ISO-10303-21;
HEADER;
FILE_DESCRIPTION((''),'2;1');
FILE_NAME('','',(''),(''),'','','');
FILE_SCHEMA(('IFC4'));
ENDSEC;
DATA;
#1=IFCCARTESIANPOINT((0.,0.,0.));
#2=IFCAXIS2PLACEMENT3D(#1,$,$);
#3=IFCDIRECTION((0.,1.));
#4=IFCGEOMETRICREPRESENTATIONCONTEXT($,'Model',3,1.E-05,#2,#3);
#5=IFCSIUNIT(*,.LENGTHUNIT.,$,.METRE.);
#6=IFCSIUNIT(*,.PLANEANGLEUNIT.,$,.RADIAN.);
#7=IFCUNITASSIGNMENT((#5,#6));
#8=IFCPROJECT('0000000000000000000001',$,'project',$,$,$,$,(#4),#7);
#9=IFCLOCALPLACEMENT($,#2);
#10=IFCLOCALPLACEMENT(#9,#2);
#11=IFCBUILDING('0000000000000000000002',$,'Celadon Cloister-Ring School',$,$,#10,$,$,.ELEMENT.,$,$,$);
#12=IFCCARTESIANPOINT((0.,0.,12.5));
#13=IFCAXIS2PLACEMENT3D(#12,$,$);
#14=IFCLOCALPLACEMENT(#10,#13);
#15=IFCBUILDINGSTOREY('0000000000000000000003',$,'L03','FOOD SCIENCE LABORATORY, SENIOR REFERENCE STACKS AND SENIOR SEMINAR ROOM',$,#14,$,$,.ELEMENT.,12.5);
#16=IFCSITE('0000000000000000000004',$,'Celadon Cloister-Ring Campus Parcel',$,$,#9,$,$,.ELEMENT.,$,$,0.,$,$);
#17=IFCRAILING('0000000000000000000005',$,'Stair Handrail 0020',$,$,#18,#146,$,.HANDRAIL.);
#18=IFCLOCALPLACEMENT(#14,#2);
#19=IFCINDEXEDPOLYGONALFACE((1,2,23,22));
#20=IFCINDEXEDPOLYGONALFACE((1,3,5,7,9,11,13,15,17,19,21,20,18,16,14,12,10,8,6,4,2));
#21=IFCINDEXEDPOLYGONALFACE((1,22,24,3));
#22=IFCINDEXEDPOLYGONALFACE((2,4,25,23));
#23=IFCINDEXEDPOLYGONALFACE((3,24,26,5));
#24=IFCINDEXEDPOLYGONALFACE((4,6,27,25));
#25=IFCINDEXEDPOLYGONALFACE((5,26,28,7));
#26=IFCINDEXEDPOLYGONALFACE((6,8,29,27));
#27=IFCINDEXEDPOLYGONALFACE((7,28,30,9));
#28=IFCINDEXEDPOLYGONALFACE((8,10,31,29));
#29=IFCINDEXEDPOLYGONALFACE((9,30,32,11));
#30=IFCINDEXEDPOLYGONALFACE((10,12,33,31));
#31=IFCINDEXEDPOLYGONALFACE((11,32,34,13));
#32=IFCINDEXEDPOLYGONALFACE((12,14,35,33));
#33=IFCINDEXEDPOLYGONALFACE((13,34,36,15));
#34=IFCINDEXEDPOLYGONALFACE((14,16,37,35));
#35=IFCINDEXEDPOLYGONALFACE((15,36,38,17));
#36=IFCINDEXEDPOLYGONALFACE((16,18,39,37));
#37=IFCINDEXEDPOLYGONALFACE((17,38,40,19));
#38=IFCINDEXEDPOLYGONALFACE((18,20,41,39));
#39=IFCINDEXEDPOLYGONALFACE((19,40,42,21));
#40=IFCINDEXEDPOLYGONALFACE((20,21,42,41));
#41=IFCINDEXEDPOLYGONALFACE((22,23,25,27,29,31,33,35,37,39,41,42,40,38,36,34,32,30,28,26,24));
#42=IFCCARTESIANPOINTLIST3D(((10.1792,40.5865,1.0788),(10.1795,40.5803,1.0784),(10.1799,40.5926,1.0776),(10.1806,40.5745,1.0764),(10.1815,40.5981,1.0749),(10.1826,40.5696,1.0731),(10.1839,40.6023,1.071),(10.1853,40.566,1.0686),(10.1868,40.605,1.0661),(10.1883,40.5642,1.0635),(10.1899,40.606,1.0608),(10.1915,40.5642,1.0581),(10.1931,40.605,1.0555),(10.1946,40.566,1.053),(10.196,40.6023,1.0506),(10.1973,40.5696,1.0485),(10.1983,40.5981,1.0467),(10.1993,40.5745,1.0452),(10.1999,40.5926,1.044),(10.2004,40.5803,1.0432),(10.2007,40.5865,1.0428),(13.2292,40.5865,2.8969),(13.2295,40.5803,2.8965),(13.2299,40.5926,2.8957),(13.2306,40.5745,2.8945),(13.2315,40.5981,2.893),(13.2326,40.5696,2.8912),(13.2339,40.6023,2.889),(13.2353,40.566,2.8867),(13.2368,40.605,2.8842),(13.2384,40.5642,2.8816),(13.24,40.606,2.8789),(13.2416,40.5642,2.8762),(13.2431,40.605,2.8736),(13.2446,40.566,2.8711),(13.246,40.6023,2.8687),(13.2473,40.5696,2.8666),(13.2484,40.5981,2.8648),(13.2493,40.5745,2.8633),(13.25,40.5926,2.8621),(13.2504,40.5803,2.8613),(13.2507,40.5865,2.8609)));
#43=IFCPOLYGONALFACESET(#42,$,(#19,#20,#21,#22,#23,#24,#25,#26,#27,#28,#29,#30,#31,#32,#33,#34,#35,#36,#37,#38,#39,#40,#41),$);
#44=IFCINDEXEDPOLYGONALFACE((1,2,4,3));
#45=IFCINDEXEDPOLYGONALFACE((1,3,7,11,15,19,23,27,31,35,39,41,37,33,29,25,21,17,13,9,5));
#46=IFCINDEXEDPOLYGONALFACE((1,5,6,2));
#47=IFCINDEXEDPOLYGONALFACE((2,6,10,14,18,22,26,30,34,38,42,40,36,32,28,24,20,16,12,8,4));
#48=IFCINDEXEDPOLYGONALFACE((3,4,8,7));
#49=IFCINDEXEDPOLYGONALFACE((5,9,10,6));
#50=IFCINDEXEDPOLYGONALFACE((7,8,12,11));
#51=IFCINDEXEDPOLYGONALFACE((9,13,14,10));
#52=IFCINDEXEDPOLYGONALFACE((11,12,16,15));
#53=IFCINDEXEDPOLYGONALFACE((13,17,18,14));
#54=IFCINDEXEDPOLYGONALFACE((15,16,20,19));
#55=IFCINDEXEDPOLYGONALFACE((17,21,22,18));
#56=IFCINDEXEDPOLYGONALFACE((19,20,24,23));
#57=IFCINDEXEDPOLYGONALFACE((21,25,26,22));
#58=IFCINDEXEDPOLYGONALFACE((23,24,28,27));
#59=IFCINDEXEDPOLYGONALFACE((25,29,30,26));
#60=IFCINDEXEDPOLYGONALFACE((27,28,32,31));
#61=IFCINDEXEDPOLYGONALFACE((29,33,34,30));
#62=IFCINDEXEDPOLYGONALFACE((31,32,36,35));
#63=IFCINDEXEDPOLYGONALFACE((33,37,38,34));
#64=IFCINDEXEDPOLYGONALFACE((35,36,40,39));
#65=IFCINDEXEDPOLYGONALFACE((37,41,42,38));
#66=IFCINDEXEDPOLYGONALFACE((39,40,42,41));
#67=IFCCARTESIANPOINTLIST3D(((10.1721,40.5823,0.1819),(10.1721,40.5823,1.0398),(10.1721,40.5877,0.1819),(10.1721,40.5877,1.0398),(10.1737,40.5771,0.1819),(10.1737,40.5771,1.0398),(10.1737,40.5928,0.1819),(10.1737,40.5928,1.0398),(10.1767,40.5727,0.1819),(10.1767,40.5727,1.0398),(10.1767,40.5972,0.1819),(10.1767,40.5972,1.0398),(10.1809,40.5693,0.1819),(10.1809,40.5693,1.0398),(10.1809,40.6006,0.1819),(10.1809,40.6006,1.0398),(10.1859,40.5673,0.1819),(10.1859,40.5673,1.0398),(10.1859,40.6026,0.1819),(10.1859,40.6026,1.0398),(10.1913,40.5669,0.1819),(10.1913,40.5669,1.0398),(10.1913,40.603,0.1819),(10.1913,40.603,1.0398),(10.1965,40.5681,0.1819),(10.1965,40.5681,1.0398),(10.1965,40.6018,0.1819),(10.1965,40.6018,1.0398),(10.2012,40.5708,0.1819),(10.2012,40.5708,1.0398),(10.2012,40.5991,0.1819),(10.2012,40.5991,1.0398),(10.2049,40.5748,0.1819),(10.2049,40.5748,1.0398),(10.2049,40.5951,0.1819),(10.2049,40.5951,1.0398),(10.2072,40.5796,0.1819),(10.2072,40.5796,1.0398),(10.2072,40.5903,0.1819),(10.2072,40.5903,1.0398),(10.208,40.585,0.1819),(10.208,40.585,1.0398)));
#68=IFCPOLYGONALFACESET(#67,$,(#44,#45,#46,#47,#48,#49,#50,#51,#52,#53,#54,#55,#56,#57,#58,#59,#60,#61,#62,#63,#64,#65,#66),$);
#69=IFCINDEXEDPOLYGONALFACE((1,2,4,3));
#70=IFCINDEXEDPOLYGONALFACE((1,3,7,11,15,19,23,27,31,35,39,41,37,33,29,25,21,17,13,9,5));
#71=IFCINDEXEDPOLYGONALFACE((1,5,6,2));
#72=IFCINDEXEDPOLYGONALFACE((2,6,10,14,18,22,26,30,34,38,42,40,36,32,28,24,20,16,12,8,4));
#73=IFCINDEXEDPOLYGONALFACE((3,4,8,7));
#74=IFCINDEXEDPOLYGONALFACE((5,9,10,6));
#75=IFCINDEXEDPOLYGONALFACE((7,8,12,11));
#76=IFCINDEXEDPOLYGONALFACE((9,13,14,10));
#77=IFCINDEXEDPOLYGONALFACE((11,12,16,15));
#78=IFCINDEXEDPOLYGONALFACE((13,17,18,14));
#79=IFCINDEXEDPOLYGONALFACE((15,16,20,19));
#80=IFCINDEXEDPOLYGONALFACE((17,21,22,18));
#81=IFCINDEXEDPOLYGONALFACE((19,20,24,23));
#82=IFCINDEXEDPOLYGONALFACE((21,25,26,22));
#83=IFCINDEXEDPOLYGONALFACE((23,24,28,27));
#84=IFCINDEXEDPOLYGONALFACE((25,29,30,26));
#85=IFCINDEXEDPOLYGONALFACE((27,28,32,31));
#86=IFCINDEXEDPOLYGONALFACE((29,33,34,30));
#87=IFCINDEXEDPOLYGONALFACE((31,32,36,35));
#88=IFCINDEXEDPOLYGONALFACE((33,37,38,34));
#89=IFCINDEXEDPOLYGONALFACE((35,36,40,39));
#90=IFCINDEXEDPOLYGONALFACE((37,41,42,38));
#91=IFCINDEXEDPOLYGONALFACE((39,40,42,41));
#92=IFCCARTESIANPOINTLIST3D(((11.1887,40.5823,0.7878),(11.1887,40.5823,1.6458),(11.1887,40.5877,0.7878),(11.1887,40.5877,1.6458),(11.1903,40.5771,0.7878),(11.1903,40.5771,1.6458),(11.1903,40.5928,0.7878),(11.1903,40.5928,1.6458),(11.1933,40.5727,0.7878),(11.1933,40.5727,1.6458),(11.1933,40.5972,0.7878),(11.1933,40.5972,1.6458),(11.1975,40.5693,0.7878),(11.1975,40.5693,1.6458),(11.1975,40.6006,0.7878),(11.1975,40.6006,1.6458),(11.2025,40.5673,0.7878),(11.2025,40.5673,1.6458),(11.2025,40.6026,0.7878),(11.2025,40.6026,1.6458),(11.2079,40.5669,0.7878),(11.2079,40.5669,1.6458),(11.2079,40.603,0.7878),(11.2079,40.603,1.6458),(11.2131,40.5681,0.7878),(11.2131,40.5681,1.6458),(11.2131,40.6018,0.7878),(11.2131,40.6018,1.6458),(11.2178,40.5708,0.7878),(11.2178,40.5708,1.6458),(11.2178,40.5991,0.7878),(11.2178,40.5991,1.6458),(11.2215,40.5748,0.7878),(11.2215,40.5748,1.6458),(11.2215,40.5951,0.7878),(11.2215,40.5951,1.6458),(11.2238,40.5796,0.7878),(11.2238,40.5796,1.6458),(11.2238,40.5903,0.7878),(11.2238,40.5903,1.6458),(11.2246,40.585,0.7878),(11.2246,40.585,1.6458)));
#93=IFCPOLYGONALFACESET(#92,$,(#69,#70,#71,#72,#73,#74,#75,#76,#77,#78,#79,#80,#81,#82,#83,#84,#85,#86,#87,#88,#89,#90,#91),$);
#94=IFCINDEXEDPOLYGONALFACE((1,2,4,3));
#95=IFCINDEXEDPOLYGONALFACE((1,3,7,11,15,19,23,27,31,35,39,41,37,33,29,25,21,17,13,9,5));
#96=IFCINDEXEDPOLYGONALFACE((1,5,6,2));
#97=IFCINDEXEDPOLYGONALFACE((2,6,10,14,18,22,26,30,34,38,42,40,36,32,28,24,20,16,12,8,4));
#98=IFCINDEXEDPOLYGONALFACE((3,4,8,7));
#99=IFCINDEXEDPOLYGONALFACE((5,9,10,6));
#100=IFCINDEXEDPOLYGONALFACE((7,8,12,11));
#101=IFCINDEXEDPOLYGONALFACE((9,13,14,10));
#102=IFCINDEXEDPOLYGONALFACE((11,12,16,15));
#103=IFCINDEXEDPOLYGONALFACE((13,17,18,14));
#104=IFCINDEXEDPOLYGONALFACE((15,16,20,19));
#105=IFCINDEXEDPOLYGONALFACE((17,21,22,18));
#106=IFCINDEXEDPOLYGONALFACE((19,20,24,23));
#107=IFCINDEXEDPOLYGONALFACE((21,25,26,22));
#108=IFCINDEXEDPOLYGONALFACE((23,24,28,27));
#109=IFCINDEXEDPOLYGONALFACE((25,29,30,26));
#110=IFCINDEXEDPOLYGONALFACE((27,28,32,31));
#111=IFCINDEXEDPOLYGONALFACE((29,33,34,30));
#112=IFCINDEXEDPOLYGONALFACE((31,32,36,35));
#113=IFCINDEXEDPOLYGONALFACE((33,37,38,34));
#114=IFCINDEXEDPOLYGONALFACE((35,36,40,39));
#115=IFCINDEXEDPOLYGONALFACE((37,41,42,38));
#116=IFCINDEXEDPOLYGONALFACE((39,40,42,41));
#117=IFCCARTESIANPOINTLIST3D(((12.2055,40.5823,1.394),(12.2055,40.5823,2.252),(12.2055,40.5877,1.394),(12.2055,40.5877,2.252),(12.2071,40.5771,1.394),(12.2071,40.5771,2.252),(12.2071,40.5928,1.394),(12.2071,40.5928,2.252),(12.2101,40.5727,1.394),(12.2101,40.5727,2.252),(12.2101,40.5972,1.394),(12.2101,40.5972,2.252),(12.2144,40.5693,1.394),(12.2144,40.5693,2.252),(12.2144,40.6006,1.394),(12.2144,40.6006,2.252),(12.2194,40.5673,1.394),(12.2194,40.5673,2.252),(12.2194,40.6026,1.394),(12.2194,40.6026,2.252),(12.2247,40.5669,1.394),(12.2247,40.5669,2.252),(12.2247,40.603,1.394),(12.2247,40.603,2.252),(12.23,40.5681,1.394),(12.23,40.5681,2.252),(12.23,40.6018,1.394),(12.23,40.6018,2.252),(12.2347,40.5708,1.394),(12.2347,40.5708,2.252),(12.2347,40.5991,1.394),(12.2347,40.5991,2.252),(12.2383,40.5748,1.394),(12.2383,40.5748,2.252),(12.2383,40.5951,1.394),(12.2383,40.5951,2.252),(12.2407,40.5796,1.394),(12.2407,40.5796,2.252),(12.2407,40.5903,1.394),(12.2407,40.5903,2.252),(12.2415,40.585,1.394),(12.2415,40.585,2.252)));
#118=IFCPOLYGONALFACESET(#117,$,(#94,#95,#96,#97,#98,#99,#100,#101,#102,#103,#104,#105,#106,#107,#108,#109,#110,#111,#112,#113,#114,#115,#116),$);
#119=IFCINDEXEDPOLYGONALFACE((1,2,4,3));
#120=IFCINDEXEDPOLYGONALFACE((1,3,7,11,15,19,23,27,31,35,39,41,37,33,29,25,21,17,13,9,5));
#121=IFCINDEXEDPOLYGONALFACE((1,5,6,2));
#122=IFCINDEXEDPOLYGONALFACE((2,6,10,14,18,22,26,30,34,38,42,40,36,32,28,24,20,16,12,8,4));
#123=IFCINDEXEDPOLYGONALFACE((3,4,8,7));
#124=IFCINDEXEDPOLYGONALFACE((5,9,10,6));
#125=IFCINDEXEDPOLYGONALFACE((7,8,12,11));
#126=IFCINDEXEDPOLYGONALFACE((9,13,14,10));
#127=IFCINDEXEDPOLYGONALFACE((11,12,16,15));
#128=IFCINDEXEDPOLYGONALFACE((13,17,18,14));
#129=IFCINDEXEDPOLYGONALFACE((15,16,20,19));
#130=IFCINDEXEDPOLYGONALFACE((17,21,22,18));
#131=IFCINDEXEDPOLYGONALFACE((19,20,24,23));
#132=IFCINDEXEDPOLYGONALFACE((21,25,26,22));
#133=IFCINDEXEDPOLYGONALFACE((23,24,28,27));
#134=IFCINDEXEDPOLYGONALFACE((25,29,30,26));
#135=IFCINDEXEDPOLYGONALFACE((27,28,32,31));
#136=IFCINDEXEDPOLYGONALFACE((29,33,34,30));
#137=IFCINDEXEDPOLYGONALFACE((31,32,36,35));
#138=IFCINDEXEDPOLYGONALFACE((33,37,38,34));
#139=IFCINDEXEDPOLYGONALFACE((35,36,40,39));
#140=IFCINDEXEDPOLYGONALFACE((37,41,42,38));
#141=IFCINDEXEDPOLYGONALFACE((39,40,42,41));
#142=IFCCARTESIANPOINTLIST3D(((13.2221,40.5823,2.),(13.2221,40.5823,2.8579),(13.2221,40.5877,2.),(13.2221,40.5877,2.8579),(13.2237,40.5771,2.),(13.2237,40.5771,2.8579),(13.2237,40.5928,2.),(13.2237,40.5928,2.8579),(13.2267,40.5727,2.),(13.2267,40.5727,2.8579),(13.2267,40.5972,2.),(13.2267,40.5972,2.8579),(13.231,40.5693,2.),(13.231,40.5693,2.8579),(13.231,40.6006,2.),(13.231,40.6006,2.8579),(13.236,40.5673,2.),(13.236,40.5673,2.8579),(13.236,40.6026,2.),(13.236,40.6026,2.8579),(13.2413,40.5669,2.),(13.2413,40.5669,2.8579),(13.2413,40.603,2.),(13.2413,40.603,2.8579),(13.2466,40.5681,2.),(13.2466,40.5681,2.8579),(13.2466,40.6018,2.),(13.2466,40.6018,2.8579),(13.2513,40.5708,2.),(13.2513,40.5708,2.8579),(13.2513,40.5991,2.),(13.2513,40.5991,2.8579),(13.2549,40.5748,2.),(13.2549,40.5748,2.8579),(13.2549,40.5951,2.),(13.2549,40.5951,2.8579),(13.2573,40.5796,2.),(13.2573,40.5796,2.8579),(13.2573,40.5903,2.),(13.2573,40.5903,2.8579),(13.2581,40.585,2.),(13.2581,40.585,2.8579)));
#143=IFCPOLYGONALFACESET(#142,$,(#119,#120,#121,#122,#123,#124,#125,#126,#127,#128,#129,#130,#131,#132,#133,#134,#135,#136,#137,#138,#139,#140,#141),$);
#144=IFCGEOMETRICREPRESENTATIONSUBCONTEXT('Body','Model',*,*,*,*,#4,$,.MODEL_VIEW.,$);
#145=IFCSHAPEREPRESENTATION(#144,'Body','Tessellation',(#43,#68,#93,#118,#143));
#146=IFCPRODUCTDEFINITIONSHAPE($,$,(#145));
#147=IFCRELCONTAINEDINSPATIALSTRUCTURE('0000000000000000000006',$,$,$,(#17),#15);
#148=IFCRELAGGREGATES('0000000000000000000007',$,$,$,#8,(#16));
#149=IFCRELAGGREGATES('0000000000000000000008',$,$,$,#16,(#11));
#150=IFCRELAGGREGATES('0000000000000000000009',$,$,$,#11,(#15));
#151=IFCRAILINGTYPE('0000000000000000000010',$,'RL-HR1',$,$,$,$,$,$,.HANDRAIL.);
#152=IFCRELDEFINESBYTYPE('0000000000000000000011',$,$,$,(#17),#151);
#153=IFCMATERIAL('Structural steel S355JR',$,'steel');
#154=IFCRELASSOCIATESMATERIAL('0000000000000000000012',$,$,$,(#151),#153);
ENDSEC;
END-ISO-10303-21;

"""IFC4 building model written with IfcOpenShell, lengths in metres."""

from ifc_helpers import new_model, si_unit, direction, frame, origin, origin_2d, place, context, subcontext, project, spatial, circle, extrude, material, type_object, element, save


model = new_model("IFC4")

# Units and contexts
model_context = context("Model", 3, precision=1e-05, world=origin(), true_north=direction((0.0, 1.0)))
body_context = subcontext(model_context, "Body", "Model", "MODEL_VIEW")
ifc_project = project(units=[si_unit("LENGTHUNIT", "METRE"), si_unit("PLANEANGLEUNIT", "RADIAN")], contexts=[model_context])

# Site, building, storey
site_placement = place(None, origin())
site = spatial("IfcSite", under=ifc_project, at=site_placement, Name="Celadon Cloister-Ring Campus Parcel", CompositionType="ELEMENT", RefElevation=0.0)
building_placement = place(site_placement, origin())
building = spatial("IfcBuilding", under=site, at=building_placement, Name="Celadon Cloister-Ring School", CompositionType="ELEMENT")
storey_placement = place(building_placement, frame((0.0, 0.0, 12.5)))
storey = spatial("IfcBuildingStorey", under=building, at=storey_placement, Name="L03", Description="FOOD SCIENCE LABORATORY, SENIOR REFERENCE STACKS AND SENIOR SEMINAR ROOM", CompositionType="ELEMENT", Elevation=12.5)

# Railing
ifc_material_1 = material(Name="Structural steel S355JR", Category="steel")
railing_type_1 = type_object("IfcRailingType", Name="RL-HR1", PredefinedType="HANDRAIL", material=ifc_material_1)
for number, where, name in (
    (1, (10.1899, 40.585, 0.1819), "Stair Handrail 0020"),
):
    element("IfcRailing", number, at=place(storey_placement, frame(where)), inside=storey, type_object=railing_type_1, Name=name, PredefinedType="HANDRAIL", context=body_context, shape_type="SweptSolid", body=[
        extrude(circle(Radius=0.021, at=origin_2d()), frame((0.0, 0.0, 0.8789), z_axis=(0.85897, 0.0, 0.512026), x_axis=(0.0, 1.0, 0.0)), (0.0, 0.0, 1.0), 3.5508),
        extrude(circle(Radius=0.0181, at=origin_2d()), origin(), (0.0, 0.0, 1.0), 0.8579),
        extrude(circle(Radius=0.0181, at=origin_2d()), frame((1.0166, 0.0, 0.606)), (0.0, 0.0, 1.0), 0.8579),
        extrude(circle(Radius=0.0181, at=origin_2d()), frame((2.0334, 0.0, 1.2122)), (0.0, 0.0, 1.0), 0.8579),
        extrude(circle(Radius=0.0181, at=origin_2d()), frame((3.05, 0.0, 1.8181)), (0.0, 0.0, 1.0), 0.8579),
    ])

save(model, "model.ifc")
